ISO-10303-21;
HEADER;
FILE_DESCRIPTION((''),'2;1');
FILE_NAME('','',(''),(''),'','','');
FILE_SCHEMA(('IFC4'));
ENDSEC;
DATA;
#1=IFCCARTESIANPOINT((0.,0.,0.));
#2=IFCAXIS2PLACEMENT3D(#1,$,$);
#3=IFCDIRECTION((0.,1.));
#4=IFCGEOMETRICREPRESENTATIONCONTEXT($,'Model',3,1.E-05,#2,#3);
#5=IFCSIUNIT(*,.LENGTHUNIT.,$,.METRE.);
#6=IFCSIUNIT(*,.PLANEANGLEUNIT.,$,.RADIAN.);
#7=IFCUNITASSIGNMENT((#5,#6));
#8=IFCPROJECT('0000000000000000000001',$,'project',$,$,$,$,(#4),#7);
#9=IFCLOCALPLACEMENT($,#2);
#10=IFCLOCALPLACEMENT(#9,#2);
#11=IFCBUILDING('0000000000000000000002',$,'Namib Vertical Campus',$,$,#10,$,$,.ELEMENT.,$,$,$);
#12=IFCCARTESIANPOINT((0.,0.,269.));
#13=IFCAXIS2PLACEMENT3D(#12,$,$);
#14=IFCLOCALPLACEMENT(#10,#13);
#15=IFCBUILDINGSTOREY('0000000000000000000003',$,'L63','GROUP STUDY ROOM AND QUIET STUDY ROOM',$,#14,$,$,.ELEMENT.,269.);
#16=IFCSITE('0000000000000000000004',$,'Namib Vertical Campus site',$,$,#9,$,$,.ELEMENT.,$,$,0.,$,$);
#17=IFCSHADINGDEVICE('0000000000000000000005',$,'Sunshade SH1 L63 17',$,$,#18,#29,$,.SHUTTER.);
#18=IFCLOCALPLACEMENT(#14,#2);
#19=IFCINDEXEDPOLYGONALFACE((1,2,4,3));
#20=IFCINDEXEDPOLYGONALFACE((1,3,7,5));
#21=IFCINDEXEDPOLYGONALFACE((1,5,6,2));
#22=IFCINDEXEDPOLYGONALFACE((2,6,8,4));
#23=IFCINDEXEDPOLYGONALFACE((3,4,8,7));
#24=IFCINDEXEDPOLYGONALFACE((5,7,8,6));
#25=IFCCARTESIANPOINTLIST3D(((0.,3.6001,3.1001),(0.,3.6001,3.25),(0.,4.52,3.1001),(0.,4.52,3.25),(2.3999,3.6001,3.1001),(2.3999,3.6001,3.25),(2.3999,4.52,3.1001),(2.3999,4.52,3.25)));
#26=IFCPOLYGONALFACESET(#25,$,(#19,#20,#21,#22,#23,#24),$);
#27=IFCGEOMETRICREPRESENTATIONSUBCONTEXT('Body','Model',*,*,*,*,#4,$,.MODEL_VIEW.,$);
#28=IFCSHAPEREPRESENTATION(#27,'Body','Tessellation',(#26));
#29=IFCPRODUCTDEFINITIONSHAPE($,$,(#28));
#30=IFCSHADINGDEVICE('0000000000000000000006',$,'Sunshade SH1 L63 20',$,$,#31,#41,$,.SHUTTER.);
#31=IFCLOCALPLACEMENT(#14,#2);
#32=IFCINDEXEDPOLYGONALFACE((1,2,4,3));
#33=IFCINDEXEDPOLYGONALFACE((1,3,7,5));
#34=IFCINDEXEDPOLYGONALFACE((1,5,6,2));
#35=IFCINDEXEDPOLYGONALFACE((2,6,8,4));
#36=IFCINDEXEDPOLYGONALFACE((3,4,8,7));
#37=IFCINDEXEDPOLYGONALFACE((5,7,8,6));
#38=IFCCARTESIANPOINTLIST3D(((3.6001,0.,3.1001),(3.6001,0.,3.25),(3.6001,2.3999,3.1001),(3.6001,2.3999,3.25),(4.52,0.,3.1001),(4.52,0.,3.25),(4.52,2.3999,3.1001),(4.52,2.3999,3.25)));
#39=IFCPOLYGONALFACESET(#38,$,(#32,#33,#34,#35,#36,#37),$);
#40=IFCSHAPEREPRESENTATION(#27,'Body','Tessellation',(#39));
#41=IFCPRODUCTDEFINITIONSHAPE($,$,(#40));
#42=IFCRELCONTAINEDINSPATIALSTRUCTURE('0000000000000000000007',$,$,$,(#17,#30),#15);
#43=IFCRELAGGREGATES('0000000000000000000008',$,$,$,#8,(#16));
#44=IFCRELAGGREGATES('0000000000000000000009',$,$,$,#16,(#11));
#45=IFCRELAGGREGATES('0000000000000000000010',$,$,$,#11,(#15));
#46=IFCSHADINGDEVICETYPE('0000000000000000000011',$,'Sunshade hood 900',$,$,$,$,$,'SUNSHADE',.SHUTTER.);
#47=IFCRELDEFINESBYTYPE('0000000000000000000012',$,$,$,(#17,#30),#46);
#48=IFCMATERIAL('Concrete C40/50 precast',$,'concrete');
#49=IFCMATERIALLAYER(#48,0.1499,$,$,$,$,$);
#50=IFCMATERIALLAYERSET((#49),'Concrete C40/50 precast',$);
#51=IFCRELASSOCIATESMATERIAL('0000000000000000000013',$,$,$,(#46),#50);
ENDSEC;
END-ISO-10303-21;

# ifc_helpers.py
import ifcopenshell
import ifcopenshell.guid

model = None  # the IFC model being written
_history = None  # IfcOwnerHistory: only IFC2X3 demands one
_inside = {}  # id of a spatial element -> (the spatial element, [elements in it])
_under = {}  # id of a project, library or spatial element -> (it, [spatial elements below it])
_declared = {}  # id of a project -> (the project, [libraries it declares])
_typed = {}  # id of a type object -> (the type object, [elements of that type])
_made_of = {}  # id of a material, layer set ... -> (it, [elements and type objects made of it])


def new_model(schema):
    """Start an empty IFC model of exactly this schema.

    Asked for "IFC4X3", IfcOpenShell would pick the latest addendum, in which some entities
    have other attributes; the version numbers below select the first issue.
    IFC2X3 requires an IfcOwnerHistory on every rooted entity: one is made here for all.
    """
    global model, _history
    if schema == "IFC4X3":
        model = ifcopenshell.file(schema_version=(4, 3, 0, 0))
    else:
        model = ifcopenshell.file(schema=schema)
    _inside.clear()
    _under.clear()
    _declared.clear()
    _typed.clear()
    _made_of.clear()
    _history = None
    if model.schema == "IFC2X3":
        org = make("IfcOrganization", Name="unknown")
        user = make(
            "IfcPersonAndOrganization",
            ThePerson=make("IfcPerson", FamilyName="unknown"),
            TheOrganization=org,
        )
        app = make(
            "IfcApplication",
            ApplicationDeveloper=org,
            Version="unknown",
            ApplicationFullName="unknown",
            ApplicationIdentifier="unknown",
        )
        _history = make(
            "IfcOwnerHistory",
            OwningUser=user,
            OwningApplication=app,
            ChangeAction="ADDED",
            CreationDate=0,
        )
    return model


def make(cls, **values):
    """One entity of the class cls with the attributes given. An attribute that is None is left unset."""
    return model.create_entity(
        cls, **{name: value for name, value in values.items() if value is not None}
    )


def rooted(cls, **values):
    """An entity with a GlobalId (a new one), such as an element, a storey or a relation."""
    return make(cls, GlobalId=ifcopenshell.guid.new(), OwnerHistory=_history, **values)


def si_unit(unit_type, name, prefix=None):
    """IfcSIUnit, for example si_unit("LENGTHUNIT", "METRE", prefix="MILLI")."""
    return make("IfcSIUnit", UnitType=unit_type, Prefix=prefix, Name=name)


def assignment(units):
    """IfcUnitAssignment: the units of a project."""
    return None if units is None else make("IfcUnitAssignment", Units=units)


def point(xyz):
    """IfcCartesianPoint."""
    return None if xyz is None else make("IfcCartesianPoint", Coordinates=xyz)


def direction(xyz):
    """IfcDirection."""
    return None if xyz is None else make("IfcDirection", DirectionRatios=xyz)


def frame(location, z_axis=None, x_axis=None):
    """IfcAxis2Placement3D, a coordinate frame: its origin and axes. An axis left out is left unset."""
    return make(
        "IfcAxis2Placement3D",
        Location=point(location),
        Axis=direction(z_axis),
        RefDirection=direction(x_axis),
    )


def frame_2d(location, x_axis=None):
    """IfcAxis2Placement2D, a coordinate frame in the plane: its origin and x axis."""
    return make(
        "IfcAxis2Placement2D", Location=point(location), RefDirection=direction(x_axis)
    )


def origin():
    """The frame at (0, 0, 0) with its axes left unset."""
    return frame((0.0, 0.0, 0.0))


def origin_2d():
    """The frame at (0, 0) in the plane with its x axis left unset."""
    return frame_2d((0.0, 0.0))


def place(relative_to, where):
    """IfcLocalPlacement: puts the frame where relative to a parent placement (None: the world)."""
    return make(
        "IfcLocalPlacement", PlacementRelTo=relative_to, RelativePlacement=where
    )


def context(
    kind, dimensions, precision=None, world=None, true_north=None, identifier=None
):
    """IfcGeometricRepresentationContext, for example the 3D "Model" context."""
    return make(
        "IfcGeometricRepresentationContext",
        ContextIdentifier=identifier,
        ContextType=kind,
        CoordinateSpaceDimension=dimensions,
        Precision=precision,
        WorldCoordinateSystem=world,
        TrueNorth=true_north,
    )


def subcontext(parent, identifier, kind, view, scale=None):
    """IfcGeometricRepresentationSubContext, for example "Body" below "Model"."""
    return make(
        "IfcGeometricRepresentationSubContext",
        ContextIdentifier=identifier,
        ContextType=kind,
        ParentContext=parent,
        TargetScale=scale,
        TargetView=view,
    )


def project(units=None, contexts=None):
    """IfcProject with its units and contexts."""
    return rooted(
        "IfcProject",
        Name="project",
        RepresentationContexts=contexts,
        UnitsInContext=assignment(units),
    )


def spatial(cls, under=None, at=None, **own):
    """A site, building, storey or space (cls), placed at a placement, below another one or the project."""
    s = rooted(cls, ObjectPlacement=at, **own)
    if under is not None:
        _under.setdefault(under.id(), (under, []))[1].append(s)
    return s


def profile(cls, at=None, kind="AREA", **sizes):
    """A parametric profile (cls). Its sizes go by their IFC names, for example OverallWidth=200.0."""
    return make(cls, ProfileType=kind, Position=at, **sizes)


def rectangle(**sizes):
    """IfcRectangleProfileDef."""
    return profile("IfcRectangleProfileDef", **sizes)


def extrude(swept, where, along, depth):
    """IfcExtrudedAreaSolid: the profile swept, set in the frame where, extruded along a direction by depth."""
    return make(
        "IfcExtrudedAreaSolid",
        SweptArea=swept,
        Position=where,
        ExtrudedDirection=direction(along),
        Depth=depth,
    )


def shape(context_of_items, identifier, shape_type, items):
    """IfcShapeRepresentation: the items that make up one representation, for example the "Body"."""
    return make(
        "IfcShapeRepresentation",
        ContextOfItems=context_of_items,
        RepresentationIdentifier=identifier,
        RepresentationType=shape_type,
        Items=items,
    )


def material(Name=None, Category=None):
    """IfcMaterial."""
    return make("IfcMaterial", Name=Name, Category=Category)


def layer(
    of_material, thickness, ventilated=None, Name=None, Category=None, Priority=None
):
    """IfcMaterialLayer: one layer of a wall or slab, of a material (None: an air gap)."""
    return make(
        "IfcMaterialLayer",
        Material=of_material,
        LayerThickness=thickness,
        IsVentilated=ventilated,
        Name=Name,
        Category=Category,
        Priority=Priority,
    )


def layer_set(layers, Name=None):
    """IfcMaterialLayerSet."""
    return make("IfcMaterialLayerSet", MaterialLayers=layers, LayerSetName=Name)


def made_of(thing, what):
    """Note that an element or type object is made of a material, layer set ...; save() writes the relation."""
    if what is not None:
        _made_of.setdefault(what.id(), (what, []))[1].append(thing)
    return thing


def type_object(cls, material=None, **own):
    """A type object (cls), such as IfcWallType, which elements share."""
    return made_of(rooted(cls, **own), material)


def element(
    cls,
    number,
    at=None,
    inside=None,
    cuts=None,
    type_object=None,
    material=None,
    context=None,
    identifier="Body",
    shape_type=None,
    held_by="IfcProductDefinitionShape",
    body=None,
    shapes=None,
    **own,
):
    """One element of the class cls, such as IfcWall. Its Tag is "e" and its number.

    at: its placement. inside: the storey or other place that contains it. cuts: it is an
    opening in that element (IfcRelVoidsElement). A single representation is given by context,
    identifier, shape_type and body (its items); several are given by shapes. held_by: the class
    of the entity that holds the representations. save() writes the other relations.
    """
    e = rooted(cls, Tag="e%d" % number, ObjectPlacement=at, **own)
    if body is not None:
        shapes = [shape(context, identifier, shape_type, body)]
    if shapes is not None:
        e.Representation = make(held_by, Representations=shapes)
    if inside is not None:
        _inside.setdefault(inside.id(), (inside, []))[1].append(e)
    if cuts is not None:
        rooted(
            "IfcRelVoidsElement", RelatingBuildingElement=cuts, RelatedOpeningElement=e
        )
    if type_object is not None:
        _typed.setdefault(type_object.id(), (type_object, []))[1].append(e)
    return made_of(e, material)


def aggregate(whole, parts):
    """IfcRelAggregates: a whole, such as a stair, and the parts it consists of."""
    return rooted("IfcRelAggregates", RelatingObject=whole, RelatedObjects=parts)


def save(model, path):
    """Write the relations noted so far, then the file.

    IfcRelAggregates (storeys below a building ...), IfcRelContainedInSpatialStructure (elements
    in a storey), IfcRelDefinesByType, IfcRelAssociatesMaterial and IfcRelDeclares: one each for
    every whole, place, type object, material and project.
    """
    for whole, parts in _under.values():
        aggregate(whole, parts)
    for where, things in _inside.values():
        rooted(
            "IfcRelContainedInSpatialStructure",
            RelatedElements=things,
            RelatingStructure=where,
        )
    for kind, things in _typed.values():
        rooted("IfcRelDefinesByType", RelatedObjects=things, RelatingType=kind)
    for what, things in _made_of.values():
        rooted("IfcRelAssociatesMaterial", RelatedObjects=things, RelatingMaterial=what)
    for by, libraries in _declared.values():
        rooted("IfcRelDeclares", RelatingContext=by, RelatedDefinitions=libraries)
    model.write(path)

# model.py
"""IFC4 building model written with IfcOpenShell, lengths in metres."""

from ifc_helpers import new_model, si_unit, direction, frame, origin, origin_2d, place, context, subcontext, project, spatial, rectangle, extrude, material, layer, layer_set, type_object, element, save


model = new_model("IFC4")

# Units and contexts
model_context = context("Model", 3, precision=1e-05, world=origin(), true_north=direction((0.0, 1.0)))
body_context = subcontext(model_context, "Body", "Model", "MODEL_VIEW")
ifc_project = project(units=[si_unit("LENGTHUNIT", "METRE"), si_unit("PLANEANGLEUNIT", "RADIAN")], contexts=[model_context])

# Site, building, storey
site_placement = place(None, origin())
site = spatial("IfcSite", under=ifc_project, at=site_placement, Name="Namib Vertical Campus site", CompositionType="ELEMENT", RefElevation=0.0)
building_placement = place(site_placement, origin())
building = spatial("IfcBuilding", under=site, at=building_placement, Name="Namib Vertical Campus", CompositionType="ELEMENT")
storey_placement = place(building_placement, frame((0.0, 0.0, 269.0)))
storey = spatial("IfcBuildingStorey", under=building, at=storey_placement, Name="L63", Description="GROUP STUDY ROOM AND QUIET STUDY ROOM", CompositionType="ELEMENT", Elevation=269.0)

# Shading devices
ifc_material_1 = material(Name="Concrete C40/50 precast", Category="concrete")
ifc_layer_1 = layer(ifc_material_1, 0.1499)
ifc_layer_set_1 = layer_set([ifc_layer_1], Name="Concrete C40/50 precast")
shading_device_type = type_object("IfcShadingDeviceType", Name="Sunshade hood 900", ElementType="SUNSHADE", PredefinedType="SHUTTER", material=ifc_layer_set_1)
for number, where, z_axis, x_axis, name in (
    (1, (1.2, 4.0601, 3.1001), (0.0, 0.0, 1.0), (1.0, 0.0, 0.0), "Sunshade SH1 L63 17"),
    (2, (4.0601, 1.2, 3.1001), (0.0, 0.0, 1.0), (0.0, -1.0, 0.0), "Sunshade SH1 L63 20"),
):
    element("IfcShadingDevice", number, at=place(storey_placement, frame(where, z_axis=z_axis, x_axis=x_axis)), inside=storey, type_object=shading_device_type, Name=name, PredefinedType="SHUTTER", context=body_context, shape_type="SweptSolid", body=[
        extrude(rectangle(XDim=2.3999, YDim=0.9199, at=origin_2d()), origin(), (0.0, 0.0, 1.0), 0.1499),
    ])

save(model, "model.ifc")
